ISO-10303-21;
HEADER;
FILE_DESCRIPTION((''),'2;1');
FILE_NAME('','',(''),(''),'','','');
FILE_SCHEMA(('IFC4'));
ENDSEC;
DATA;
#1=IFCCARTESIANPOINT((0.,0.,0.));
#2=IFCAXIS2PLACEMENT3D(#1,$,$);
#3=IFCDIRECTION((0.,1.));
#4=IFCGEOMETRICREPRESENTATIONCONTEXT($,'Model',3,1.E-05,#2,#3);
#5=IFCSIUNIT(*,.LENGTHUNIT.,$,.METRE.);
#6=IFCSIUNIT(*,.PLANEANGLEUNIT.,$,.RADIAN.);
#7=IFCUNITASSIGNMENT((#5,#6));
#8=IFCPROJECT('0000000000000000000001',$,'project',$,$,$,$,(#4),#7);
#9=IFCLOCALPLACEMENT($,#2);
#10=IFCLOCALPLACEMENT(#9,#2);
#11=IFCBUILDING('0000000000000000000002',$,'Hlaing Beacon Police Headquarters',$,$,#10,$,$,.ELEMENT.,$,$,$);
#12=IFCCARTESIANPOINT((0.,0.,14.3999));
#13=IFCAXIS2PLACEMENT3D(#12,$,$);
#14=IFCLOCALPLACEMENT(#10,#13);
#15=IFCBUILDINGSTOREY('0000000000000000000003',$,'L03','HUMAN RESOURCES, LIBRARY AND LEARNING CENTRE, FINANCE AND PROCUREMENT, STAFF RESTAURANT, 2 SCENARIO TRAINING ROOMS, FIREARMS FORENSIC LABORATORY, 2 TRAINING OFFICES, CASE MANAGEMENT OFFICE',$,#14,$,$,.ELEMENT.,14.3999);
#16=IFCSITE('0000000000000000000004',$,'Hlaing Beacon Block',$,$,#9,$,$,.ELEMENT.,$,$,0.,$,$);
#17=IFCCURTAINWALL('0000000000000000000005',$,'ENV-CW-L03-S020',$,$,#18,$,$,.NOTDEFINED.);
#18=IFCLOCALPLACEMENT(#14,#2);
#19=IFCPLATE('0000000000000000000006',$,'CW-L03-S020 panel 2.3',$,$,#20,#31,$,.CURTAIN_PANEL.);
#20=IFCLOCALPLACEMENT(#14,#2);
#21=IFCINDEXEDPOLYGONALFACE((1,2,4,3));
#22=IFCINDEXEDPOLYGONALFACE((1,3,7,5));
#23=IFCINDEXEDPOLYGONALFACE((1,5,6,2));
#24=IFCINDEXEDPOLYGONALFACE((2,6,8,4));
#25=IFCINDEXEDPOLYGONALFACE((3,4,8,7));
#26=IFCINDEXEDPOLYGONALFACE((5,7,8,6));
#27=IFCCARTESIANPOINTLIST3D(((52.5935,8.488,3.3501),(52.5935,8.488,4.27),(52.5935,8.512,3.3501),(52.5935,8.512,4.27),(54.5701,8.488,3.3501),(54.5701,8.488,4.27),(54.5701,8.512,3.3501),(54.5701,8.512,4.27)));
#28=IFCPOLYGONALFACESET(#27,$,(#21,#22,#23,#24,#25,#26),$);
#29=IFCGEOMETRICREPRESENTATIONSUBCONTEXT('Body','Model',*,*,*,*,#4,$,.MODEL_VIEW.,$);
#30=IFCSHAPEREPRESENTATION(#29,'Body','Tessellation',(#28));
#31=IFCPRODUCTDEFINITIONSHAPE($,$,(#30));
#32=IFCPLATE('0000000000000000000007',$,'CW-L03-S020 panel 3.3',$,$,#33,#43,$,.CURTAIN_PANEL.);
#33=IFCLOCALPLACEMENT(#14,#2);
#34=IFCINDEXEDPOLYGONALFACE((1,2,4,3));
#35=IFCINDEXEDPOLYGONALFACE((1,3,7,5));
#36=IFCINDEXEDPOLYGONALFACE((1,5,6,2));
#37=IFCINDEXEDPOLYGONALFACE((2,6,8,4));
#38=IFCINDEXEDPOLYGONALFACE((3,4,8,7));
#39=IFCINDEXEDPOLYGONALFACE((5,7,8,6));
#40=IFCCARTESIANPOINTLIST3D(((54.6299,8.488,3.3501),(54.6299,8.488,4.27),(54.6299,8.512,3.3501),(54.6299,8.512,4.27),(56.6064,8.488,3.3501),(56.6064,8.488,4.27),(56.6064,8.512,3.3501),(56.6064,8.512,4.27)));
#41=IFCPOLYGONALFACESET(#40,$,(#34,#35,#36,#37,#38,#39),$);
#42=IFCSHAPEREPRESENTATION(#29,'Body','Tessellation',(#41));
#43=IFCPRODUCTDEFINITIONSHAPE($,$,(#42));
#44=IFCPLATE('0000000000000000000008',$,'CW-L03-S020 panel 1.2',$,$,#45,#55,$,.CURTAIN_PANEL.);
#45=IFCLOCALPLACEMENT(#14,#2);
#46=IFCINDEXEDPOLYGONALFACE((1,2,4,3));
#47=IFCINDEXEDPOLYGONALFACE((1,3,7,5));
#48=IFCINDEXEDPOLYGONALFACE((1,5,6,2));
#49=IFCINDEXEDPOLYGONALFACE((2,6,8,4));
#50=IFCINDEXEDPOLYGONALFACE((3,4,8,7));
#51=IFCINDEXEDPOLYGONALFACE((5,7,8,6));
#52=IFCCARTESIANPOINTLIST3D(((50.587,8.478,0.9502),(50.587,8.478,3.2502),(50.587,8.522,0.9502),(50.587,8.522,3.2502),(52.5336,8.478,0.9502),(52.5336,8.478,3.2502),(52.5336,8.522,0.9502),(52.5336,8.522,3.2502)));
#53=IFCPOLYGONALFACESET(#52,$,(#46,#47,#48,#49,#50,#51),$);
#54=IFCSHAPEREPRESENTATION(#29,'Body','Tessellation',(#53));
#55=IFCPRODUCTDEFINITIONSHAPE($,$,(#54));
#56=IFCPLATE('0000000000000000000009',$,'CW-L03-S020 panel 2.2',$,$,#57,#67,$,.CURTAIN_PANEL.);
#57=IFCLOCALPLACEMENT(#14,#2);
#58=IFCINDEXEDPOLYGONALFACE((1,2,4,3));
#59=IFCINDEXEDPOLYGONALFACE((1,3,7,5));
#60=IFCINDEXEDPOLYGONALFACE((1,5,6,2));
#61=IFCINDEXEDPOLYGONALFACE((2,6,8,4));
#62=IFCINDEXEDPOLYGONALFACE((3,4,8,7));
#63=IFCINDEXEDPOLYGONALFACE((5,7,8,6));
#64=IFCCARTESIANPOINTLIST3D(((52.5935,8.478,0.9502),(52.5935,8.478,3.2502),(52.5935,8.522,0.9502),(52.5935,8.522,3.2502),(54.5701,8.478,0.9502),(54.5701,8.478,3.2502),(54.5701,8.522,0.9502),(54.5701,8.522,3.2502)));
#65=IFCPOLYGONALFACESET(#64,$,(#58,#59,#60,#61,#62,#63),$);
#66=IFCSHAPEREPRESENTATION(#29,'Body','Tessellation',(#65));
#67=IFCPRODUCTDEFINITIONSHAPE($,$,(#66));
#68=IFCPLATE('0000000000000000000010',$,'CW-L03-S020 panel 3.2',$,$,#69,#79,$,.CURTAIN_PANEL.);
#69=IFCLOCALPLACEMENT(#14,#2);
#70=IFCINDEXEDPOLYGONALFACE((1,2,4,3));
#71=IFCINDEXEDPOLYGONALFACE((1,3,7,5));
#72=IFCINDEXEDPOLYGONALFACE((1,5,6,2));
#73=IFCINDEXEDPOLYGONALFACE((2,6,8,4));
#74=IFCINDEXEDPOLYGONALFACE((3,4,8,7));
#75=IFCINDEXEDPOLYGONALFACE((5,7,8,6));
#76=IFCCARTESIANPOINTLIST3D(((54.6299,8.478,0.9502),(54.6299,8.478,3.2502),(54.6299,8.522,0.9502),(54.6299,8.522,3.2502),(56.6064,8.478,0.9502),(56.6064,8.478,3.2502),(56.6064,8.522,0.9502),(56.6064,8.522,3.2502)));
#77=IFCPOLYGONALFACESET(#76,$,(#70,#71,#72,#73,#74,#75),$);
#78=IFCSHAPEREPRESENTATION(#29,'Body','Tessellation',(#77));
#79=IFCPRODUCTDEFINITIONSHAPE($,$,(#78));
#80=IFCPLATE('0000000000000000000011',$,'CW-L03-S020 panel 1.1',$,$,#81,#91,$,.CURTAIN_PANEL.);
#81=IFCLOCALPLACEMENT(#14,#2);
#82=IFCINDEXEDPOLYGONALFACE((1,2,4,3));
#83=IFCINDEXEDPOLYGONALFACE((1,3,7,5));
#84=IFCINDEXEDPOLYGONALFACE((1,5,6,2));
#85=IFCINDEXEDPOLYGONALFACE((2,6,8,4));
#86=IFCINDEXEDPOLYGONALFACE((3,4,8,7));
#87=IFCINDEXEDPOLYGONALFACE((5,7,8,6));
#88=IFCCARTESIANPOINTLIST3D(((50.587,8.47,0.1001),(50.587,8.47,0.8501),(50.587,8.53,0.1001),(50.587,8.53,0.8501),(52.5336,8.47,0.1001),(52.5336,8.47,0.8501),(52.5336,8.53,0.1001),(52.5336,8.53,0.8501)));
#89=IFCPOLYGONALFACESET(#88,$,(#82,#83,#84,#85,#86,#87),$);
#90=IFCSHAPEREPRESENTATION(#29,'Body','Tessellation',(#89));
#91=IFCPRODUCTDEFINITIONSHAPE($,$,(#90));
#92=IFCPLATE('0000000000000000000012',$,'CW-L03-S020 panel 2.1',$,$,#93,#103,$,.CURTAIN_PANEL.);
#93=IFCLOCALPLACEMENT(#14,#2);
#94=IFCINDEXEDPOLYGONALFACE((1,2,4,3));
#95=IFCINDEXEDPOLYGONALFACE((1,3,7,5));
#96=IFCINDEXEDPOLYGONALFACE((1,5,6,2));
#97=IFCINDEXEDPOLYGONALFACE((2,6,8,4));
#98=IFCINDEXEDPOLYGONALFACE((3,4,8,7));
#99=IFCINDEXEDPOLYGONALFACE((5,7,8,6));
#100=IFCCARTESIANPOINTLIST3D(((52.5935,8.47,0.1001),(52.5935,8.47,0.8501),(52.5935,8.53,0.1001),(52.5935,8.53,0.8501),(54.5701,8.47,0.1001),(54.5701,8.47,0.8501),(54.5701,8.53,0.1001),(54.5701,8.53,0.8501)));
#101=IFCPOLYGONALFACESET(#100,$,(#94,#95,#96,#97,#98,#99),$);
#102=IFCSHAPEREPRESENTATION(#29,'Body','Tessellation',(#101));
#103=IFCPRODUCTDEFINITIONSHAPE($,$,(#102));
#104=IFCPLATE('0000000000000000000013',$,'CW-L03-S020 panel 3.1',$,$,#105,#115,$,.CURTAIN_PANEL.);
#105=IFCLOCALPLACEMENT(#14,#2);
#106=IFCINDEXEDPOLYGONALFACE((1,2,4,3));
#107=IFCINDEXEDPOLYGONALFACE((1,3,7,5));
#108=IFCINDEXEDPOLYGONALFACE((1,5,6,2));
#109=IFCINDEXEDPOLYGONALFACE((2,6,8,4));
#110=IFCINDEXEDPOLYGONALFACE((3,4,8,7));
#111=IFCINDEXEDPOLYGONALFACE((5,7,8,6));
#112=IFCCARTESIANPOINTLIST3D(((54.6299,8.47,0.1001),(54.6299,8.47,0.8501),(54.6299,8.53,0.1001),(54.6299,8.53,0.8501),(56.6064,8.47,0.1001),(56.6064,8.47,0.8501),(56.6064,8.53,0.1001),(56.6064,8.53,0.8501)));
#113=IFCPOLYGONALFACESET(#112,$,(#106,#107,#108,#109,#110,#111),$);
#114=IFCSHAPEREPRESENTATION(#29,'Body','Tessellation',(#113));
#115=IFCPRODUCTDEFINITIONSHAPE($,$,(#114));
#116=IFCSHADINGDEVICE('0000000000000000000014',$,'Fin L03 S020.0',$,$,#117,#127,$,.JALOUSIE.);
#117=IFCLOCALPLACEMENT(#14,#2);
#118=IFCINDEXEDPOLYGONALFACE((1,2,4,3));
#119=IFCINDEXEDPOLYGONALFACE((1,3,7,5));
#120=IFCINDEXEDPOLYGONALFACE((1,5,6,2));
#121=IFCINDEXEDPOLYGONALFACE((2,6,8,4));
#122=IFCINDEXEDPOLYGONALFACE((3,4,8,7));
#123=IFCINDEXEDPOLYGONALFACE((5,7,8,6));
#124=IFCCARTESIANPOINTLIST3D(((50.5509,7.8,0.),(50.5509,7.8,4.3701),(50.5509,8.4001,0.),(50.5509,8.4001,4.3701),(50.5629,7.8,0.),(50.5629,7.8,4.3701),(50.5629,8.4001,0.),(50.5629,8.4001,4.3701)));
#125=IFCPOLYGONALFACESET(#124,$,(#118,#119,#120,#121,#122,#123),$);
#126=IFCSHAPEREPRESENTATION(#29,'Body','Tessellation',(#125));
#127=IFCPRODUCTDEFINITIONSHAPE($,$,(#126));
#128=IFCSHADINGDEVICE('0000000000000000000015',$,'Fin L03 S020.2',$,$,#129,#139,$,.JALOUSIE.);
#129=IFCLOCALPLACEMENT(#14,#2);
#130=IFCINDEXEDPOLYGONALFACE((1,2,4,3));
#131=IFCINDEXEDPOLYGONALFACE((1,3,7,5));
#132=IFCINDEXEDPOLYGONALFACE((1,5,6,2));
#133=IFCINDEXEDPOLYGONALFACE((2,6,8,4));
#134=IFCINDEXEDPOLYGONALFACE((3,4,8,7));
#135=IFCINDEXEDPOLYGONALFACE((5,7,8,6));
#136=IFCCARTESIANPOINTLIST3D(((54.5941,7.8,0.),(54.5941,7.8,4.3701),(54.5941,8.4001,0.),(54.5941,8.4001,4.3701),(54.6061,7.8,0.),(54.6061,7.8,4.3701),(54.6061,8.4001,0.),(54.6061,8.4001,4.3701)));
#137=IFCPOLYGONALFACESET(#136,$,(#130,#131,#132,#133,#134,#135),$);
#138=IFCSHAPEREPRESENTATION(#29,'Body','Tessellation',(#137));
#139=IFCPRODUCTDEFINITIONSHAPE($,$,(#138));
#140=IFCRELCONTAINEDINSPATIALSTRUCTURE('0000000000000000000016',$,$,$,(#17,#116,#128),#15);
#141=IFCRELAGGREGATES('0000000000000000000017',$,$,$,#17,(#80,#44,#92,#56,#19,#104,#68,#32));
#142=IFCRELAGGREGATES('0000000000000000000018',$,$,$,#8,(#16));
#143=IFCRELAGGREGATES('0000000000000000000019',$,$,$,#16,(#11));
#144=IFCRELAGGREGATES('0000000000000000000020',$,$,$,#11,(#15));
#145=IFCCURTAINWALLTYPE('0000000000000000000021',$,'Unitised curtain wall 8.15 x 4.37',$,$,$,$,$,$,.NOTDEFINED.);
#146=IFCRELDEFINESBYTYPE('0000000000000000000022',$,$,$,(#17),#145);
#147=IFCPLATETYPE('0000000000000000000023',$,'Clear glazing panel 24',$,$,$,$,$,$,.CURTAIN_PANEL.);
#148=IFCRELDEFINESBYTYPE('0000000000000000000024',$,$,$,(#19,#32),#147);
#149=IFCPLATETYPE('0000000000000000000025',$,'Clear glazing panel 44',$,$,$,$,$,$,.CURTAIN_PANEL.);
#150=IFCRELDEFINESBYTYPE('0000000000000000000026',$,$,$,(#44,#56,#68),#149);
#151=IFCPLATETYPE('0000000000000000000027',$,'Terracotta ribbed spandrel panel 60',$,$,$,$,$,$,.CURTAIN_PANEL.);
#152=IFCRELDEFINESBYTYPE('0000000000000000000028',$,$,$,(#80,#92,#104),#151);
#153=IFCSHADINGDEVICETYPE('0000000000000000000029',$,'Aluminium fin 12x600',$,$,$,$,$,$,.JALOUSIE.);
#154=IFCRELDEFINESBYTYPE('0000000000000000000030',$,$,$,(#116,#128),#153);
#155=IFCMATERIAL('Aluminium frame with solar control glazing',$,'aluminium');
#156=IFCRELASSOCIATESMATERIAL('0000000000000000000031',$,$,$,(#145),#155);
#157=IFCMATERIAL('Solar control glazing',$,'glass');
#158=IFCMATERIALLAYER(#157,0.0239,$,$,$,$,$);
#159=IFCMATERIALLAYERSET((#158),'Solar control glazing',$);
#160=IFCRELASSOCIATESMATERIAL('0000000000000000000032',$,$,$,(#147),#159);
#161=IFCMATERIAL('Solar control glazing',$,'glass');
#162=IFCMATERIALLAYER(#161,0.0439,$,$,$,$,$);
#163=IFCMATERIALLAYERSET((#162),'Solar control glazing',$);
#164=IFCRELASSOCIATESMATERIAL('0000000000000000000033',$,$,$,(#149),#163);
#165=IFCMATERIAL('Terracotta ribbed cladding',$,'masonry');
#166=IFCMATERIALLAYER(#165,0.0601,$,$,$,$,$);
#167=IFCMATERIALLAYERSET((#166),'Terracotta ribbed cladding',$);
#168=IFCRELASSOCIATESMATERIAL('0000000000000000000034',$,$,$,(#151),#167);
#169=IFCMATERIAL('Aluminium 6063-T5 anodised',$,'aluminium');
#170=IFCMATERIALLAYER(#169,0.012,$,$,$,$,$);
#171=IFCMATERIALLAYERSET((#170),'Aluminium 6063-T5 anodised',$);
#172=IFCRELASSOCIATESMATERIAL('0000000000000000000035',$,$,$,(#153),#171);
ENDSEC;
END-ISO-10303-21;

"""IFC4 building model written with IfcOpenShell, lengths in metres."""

from ifc_helpers import new_model, si_unit, direction, frame, origin, origin_2d, place, context, subcontext, project, spatial, rectangle, extrude, material, layer, layer_set, type_object, element, aggregate, save


model = new_model("IFC4")

# Units and contexts
model_context = context("Model", 3, precision=1e-05, world=origin(), true_north=direction((0.0, 1.0)))
body_context = subcontext(model_context, "Body", "Model", "MODEL_VIEW")
ifc_project = project(units=[si_unit("LENGTHUNIT", "METRE"), si_unit("PLANEANGLEUNIT", "RADIAN")], contexts=[model_context])

# Site, building, storey
site_placement = place(None, origin())
site = spatial("IfcSite", under=ifc_project, at=site_placement, Name="Hlaing Beacon Block", CompositionType="ELEMENT", RefElevation=0.0)
building_placement = place(site_placement, origin())
building = spatial("IfcBuilding", under=site, at=building_placement, Name="Hlaing Beacon Police Headquarters", CompositionType="ELEMENT")
storey_placement = place(building_placement, frame((0.0, 0.0, 14.3999)))
storey = spatial("IfcBuildingStorey", under=building, at=storey_placement, Name="L03", Description="HUMAN RESOURCES, LIBRARY AND LEARNING CENTRE, FINANCE AND PROCUREMENT, STAFF RESTAURANT, 2 SCENARIO TRAINING ROOMS, FIREARMS FORENSIC LABORATORY, 2 TRAINING OFFICES, CASE MANAGEMENT OFFICE", CompositionType="ELEMENT", Elevation=14.3999)

# Curtain wall
ifc_material_1 = material(Name="Aluminium frame with solar control glazing", Category="aluminium")
curtain_wall_type = type_object("IfcCurtainWallType", Name="Unitised curtain wall 8.15 x 4.37", PredefinedType="NOTDEFINED", material=ifc_material_1)
curtain_wall_placement = place(storey_placement, origin())
curtain_wall = element("IfcCurtainWall", 1, at=curtain_wall_placement, inside=storey, type_object=curtain_wall_type, Name="ENV-CW-L03-S020", PredefinedType="NOTDEFINED")

# Plates
ifc_material_2 = material(Name="Solar control glazing", Category="glass")
ifc_layer_1 = layer(ifc_material_2, 0.0239)
ifc_layer_set_1 = layer_set([ifc_layer_1], Name="Solar control glazing")
plate_type_1 = type_object("IfcPlateType", Name="Clear glazing panel 24", PredefinedType="CURTAIN_PANEL", material=ifc_layer_set_1)
plate_1_placement = place(storey_placement, frame((53.5818, 8.5, 3.3501), z_axis=(0.0, 0.0, 1.0), x_axis=(1.0, 0.0, 0.0)))
plate_1 = element("IfcPlate", 2, at=plate_1_placement, type_object=plate_type_1, Name="CW-L03-S020 panel 2.3", PredefinedType="CURTAIN_PANEL", context=body_context, shape_type="SweptSolid", body=[
    extrude(rectangle(XDim=1.9766, YDim=0.0239, at=origin_2d()), origin(), (0.0, 0.0, 1.0), 0.9199),
])
plate_2_placement = place(storey_placement, frame((55.6182, 8.5, 3.3501), z_axis=(0.0, 0.0, 1.0), x_axis=(1.0, 0.0, 0.0)))
plate_2 = element("IfcPlate", 3, at=plate_2_placement, type_object=plate_type_1, Name="CW-L03-S020 panel 3.3", PredefinedType="CURTAIN_PANEL", context=body_context, shape_type="SweptSolid", body=[
    extrude(rectangle(XDim=1.9766, YDim=0.0239, at=origin_2d()), origin(), (0.0, 0.0, 1.0), 0.9199),
])
ifc_material_3 = material(Name="Solar control glazing", Category="glass")
ifc_layer_2 = layer(ifc_material_3, 0.0439)
ifc_layer_set_2 = layer_set([ifc_layer_2], Name="Solar control glazing")
plate_type_2 = type_object("IfcPlateType", Name="Clear glazing panel 44", PredefinedType="CURTAIN_PANEL", material=ifc_layer_set_2)
plate_3_placement = place(storey_placement, frame((51.5603, 8.5, 0.9502), z_axis=(0.0, 0.0, 1.0), x_axis=(1.0, 0.0, 0.0)))
plate_3 = element("IfcPlate", 4, at=plate_3_placement, type_object=plate_type_2, Name="CW-L03-S020 panel 1.2", PredefinedType="CURTAIN_PANEL", context=body_context, shape_type="SweptSolid", body=[
    extrude(rectangle(XDim=1.9465, YDim=0.0439, at=origin_2d()), origin(), (0.0, 0.0, 1.0), 2.3),
])
plate_4_placement = place(storey_placement, frame((53.5818, 8.5, 0.9502), z_axis=(0.0, 0.0, 1.0), x_axis=(1.0, 0.0, 0.0)))
plate_4 = element("IfcPlate", 5, at=plate_4_placement, type_object=plate_type_2, Name="CW-L03-S020 panel 2.2", PredefinedType="CURTAIN_PANEL", context=body_context, shape_type="SweptSolid", body=[
    extrude(rectangle(XDim=1.9766, YDim=0.0439, at=origin_2d()), origin(), (0.0, 0.0, 1.0), 2.3),
])
plate_5_placement = place(storey_placement, frame((55.6182, 8.5, 0.9502), z_axis=(0.0, 0.0, 1.0), x_axis=(1.0, 0.0, 0.0)))
plate_5 = element("IfcPlate", 6, at=plate_5_placement, type_object=plate_type_2, Name="CW-L03-S020 panel 3.2", PredefinedType="CURTAIN_PANEL", context=body_context, shape_type="SweptSolid", body=[
    extrude(rectangle(XDim=1.9766, YDim=0.0439, at=origin_2d()), origin(), (0.0, 0.0, 1.0), 2.3),
])
ifc_material_4 = material(Name="Terracotta ribbed cladding", Category="masonry")
ifc_layer_3 = layer(ifc_material_4, 0.0601)
ifc_layer_set_3 = layer_set([ifc_layer_3], Name="Terracotta ribbed cladding")
plate_type_3 = type_object("IfcPlateType", Name="Terracotta ribbed spandrel panel 60", PredefinedType="CURTAIN_PANEL", material=ifc_layer_set_3)
plate_6_placement = place(storey_placement, frame((51.5603, 8.5, 0.1001), z_axis=(0.0, 0.0, 1.0), x_axis=(1.0, 0.0, 0.0)))
plate_6 = element("IfcPlate", 7, at=plate_6_placement, type_object=plate_type_3, Name="CW-L03-S020 panel 1.1", PredefinedType="CURTAIN_PANEL", context=body_context, shape_type="SweptSolid", body=[
    extrude(rectangle(XDim=1.9465, YDim=0.0601, at=origin_2d()), origin(), (0.0, 0.0, 1.0), 0.75),
])
plate_7_placement = place(storey_placement, frame((53.5818, 8.5, 0.1001), z_axis=(0.0, 0.0, 1.0), x_axis=(1.0, 0.0, 0.0)))
plate_7 = element("IfcPlate", 8, at=plate_7_placement, type_object=plate_type_3, Name="CW-L03-S020 panel 2.1", PredefinedType="CURTAIN_PANEL", context=body_context, shape_type="SweptSolid", body=[
    extrude(rectangle(XDim=1.9766, YDim=0.0601, at=origin_2d()), origin(), (0.0, 0.0, 1.0), 0.75),
])
plate_8_placement = place(storey_placement, frame((55.6182, 8.5, 0.1001), z_axis=(0.0, 0.0, 1.0), x_axis=(1.0, 0.0, 0.0)))
plate_8 = element("IfcPlate", 9, at=plate_8_placement, type_object=plate_type_3, Name="CW-L03-S020 panel 3.1", PredefinedType="CURTAIN_PANEL", context=body_context, shape_type="SweptSolid", body=[
    extrude(rectangle(XDim=1.9766, YDim=0.0601, at=origin_2d()), origin(), (0.0, 0.0, 1.0), 0.75),
])
aggregate(curtain_wall, [plate_6, plate_3, plate_7, plate_4, plate_1, plate_8, plate_5, plate_2])

# Shading devices
ifc_material_5 = material(Name="Aluminium 6063-T5 anodised", Category="aluminium")
ifc_layer_4 = layer(ifc_material_5, 0.012)
ifc_layer_set_4 = layer_set([ifc_layer_4], Name="Aluminium 6063-T5 anodised")
shading_device_type = type_object("IfcShadingDeviceType", Name="Aluminium fin 12x600", PredefinedType="JALOUSIE", material=ifc_layer_set_4)
for number, where, z_axis, x_axis, name in (
    (10, (50.5569, 8.1001, 0.0), (0.0, 0.0, 1.0), (1.0, 0.0, 0.0), "Fin L03 S020.0"),
    (11, (54.6001, 8.1001, 0.0), (0.0, 0.0, 1.0), (1.0, 0.0, 0.0), "Fin L03 S020.2"),
):
    element("IfcShadingDevice", number, at=place(storey_placement, frame(where, z_axis=z_axis, x_axis=x_axis)), inside=storey, type_object=shading_device_type, Name=name, PredefinedType="JALOUSIE", context=body_context, shape_type="SweptSolid", body=[
        extrude(rectangle(XDim=0.012, YDim=0.6001, at=origin_2d()), origin(), (0.0, 0.0, 1.0), 4.3701),
    ])

save(model, "model.ifc")
